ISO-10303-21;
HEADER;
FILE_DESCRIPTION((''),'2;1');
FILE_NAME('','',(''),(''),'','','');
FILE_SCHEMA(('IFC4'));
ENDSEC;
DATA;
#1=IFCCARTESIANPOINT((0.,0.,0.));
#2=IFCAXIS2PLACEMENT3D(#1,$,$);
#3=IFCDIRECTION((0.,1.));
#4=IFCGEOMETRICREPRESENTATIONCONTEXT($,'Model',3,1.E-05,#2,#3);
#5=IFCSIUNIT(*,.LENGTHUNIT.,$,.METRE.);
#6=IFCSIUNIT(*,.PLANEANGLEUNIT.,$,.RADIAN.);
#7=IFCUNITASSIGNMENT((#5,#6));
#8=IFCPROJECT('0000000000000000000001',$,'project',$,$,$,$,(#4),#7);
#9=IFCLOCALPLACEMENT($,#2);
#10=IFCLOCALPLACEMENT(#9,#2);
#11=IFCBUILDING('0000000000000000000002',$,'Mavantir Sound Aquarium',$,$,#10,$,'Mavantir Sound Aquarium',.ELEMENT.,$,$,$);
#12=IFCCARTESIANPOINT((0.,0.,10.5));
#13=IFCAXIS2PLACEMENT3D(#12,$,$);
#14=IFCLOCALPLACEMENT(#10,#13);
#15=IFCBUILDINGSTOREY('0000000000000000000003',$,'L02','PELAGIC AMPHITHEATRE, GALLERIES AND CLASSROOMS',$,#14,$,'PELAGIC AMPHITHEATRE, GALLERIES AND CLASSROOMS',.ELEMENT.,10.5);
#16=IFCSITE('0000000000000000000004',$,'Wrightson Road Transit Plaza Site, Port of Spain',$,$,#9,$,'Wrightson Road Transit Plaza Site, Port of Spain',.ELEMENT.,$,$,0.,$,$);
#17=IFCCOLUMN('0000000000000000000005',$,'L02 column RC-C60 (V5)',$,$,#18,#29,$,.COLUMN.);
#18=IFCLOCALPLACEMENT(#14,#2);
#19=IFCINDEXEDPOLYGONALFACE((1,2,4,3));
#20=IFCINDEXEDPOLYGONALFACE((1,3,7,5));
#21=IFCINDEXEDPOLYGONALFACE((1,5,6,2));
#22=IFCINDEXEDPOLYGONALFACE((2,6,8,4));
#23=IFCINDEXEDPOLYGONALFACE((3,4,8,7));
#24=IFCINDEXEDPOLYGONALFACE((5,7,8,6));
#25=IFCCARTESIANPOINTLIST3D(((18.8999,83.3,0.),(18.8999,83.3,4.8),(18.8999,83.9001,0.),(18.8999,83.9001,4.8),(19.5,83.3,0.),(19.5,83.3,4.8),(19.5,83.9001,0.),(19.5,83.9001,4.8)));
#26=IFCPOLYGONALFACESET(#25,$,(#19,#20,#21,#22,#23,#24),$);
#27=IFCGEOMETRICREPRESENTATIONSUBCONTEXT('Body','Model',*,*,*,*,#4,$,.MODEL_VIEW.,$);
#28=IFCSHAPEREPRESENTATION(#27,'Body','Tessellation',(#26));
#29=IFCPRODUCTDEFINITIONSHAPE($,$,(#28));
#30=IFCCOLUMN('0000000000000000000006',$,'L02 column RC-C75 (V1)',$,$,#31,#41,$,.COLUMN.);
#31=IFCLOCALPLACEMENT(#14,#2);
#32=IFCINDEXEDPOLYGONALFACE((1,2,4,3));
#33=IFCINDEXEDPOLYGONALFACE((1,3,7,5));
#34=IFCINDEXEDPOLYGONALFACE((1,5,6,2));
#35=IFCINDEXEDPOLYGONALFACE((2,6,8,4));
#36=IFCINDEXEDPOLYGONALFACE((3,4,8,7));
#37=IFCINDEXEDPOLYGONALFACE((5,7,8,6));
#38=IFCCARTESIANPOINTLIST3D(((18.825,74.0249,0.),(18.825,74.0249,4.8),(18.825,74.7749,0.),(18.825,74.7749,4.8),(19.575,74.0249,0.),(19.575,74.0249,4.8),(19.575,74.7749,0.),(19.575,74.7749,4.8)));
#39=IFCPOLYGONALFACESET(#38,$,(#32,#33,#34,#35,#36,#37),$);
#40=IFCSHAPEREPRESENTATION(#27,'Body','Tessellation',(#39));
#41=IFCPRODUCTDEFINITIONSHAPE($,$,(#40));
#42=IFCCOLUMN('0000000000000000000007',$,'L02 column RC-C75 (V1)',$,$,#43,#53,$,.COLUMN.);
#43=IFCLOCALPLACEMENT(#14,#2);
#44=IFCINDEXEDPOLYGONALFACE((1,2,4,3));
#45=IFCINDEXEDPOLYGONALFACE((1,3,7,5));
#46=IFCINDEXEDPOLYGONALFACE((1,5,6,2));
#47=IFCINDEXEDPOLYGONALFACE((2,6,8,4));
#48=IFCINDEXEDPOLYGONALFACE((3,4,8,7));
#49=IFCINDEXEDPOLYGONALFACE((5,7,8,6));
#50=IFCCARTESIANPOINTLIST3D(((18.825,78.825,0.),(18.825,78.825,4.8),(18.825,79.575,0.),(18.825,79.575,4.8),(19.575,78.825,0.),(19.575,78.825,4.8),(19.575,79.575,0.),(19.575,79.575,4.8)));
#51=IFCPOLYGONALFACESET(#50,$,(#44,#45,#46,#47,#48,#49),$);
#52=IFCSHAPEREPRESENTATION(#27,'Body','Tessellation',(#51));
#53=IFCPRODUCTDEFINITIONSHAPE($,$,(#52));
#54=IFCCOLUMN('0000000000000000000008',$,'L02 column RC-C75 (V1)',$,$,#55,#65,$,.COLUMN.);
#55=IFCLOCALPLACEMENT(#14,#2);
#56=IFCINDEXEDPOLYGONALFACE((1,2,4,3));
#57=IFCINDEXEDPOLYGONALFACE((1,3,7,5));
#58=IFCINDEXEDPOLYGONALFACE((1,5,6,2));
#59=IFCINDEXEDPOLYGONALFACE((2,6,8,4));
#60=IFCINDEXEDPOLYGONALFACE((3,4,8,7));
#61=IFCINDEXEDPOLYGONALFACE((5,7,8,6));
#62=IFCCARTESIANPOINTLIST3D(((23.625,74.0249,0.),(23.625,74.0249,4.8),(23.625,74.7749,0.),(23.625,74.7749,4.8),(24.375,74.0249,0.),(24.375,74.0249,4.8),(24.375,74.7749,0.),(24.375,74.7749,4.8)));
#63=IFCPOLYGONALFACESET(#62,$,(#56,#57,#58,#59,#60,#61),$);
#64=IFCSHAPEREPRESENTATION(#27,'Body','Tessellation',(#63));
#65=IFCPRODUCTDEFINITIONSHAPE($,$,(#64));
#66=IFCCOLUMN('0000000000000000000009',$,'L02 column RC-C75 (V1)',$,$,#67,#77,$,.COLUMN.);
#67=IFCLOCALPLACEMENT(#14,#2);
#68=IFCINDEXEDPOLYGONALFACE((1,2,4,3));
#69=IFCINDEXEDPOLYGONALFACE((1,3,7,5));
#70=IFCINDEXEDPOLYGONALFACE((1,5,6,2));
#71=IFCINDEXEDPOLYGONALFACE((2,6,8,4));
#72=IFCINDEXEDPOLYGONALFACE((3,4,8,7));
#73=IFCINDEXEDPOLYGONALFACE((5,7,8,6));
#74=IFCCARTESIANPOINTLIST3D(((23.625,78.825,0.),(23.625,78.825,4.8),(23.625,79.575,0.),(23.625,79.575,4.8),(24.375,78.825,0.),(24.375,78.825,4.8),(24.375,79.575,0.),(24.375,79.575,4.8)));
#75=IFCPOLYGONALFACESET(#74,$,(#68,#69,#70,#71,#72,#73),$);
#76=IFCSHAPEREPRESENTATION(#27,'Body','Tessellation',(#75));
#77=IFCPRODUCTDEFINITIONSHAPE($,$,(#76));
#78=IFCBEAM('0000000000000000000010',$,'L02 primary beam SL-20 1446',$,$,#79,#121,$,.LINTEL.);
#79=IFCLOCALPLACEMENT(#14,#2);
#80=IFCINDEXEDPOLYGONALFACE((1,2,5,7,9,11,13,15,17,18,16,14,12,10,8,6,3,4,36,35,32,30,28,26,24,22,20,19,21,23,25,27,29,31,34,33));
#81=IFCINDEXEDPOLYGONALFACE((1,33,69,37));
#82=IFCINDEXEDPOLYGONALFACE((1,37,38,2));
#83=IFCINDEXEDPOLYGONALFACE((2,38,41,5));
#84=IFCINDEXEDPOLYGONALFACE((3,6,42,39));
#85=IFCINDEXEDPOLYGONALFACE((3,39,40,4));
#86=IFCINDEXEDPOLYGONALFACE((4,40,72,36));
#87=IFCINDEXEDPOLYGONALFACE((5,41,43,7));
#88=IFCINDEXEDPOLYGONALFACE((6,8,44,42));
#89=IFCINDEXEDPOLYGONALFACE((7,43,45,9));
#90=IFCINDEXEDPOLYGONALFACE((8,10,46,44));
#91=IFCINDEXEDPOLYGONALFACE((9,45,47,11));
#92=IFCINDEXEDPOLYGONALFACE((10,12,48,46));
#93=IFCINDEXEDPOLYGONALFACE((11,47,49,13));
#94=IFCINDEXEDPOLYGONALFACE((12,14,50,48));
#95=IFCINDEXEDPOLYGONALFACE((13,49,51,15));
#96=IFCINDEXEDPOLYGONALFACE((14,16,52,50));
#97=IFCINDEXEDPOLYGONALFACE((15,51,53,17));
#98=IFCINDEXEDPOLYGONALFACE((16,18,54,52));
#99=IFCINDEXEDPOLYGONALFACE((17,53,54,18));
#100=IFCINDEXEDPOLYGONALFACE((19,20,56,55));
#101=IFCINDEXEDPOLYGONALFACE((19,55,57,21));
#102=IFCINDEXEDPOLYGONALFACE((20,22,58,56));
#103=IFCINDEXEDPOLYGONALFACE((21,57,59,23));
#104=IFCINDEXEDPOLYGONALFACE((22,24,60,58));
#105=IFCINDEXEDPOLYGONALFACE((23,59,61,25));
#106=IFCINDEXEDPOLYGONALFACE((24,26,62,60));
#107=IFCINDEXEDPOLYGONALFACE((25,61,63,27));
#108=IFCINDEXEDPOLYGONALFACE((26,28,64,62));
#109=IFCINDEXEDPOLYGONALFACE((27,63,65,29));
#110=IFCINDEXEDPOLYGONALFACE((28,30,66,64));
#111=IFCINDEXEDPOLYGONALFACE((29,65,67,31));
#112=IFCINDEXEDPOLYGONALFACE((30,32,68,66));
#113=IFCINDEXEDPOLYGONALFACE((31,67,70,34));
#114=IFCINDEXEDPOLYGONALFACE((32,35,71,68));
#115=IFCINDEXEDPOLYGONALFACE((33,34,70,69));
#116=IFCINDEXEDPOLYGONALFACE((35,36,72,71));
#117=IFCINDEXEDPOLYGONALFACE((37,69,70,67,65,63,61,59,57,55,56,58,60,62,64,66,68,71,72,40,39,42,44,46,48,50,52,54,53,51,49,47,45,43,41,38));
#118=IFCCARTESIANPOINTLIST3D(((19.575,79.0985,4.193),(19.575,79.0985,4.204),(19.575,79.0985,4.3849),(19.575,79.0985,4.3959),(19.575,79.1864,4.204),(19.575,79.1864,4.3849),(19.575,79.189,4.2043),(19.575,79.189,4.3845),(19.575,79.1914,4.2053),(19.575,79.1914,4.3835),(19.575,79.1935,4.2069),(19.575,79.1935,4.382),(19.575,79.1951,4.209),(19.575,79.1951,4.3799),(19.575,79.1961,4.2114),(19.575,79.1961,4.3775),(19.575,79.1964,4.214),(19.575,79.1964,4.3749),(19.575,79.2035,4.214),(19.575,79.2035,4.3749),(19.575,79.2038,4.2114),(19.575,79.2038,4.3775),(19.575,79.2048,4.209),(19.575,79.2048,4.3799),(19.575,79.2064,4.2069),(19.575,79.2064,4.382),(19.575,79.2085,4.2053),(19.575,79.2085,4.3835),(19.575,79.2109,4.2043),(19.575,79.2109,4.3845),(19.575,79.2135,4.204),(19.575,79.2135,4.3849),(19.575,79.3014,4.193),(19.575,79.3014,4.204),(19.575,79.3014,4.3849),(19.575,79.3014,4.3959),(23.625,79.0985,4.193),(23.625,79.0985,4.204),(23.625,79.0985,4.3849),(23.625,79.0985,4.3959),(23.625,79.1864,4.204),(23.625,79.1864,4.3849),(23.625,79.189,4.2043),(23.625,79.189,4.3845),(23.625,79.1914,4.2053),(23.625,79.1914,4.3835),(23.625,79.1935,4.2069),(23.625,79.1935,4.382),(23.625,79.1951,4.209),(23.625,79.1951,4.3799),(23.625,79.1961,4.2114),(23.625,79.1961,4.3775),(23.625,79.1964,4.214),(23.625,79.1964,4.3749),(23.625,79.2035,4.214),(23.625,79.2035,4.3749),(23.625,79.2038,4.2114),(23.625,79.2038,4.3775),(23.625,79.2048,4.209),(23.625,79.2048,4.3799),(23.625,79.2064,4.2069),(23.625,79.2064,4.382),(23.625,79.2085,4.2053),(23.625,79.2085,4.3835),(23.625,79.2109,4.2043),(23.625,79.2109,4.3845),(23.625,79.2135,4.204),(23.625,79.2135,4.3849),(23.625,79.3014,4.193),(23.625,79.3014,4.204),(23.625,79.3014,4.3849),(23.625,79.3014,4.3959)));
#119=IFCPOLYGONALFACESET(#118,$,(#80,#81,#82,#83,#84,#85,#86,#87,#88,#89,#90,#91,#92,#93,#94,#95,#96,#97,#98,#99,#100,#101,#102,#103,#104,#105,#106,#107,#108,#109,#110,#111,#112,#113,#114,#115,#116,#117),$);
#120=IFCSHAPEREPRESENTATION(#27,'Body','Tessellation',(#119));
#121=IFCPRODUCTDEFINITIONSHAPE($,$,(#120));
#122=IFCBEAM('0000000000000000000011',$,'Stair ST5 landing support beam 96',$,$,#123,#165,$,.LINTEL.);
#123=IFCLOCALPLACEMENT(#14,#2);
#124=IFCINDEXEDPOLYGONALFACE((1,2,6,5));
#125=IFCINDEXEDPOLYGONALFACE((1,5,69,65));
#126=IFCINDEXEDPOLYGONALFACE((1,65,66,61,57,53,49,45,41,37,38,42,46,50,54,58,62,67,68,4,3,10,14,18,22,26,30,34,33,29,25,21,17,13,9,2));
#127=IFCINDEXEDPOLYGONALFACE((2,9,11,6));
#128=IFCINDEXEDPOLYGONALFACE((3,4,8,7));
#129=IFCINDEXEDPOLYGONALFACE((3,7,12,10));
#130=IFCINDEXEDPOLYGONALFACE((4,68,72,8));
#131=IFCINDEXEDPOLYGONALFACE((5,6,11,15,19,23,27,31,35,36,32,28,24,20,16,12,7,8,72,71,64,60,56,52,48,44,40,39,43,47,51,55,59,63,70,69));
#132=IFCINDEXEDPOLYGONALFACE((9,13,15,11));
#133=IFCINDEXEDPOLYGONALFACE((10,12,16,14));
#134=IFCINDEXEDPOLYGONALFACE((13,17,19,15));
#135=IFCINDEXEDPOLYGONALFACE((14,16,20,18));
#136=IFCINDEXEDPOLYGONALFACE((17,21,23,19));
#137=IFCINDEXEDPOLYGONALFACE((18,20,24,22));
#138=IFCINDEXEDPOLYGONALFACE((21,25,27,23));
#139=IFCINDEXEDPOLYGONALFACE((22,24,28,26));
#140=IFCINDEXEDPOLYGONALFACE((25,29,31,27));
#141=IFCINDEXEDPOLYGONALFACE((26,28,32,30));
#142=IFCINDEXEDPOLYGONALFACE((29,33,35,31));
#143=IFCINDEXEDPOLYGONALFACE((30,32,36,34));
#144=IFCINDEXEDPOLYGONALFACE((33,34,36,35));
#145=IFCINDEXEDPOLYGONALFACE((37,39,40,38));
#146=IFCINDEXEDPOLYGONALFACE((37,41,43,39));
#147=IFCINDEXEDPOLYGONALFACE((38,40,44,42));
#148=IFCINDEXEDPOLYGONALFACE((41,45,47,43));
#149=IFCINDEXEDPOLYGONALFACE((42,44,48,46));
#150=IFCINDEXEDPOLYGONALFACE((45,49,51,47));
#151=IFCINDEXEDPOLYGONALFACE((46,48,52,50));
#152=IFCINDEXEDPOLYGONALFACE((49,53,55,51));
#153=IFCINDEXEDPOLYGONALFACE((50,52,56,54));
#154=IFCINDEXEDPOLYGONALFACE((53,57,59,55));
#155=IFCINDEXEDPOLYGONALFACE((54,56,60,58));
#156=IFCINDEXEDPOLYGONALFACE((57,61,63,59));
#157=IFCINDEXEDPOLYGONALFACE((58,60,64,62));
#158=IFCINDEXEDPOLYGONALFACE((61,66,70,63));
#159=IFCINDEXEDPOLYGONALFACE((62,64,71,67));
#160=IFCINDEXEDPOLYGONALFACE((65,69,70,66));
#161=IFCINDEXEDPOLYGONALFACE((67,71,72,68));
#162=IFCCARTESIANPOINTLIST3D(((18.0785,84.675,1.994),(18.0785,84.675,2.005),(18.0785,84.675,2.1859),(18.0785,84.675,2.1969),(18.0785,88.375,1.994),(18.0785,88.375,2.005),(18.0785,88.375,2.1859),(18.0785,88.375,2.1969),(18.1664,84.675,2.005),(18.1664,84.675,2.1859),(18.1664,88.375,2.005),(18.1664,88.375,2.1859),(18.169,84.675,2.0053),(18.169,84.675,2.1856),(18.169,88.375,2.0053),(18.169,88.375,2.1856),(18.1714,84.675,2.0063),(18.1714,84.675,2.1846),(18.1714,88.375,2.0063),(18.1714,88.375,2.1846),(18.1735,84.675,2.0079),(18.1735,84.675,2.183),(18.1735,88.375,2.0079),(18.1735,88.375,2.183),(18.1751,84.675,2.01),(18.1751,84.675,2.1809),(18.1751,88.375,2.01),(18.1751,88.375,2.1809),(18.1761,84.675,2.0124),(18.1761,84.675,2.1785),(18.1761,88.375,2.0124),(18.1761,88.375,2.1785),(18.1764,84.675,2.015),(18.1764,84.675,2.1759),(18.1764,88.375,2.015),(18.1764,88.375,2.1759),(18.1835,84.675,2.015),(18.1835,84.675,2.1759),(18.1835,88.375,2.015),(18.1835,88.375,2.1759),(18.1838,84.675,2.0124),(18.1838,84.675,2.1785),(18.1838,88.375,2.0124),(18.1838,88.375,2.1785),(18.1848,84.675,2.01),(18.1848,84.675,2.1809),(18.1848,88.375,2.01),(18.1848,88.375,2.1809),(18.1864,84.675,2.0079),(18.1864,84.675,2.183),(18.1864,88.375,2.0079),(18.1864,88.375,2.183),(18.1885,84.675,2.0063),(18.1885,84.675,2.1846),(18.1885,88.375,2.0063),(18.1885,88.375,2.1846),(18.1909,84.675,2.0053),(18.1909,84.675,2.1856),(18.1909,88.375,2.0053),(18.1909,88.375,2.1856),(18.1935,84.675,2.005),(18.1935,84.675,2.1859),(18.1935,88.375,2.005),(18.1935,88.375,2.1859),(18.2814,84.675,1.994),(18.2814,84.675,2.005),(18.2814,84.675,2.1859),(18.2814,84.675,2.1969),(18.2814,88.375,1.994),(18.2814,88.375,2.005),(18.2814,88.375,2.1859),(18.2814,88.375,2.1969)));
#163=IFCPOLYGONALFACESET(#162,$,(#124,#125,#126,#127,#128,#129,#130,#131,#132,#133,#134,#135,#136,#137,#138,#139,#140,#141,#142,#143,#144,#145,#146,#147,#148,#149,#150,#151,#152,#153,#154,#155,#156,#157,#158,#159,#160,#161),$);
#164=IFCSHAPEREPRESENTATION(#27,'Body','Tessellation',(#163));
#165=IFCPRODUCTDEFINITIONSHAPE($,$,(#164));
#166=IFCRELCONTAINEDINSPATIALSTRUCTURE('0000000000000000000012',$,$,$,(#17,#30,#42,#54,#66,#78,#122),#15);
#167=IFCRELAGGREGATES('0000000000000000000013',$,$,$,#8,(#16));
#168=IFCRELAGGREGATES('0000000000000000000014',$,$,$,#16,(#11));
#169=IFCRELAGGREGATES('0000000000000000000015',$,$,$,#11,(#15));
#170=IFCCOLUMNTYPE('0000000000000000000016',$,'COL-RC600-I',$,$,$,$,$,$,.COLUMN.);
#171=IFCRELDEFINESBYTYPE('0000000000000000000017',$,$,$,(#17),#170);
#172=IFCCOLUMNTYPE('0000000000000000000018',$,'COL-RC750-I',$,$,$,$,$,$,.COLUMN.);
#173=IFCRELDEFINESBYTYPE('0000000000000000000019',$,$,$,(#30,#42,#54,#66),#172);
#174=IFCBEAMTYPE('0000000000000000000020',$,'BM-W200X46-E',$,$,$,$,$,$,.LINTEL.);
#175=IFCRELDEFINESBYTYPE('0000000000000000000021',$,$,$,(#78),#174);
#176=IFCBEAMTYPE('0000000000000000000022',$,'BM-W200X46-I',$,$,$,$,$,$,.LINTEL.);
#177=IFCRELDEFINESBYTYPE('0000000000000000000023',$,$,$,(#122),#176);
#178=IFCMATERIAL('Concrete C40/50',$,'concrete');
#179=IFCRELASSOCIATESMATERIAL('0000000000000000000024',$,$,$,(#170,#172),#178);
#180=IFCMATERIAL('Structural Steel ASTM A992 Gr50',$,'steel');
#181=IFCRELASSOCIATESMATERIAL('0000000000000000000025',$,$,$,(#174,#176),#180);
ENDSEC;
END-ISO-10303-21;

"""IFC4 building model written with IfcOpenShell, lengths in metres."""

from ifc_helpers import new_model, si_unit, direction, frame, origin, origin_2d, place, context, subcontext, project, spatial, rectangle, i_section, extrude, material, material_profile, profile_set, type_object, element, save


model = new_model("IFC4")

# Units and contexts
model_context = context("Model", 3, precision=1e-05, world=origin(), true_north=direction((0.0, 1.0)))
body_context = subcontext(model_context, "Body", "Model", "MODEL_VIEW")
ifc_project = project(units=[si_unit("LENGTHUNIT", "METRE"), si_unit("PLANEANGLEUNIT", "RADIAN")], contexts=[model_context])

# Site, building, storey
site_placement = place(None, origin())
site = spatial("IfcSite", under=ifc_project, at=site_placement, Name="Wrightson Road Transit Plaza Site, Port of Spain", LongName="Wrightson Road Transit Plaza Site, Port of Spain", CompositionType="ELEMENT", RefElevation=0.0)
building_placement = place(site_placement, origin())
building = spatial("IfcBuilding", under=site, at=building_placement, Name="Mavantir Sound Aquarium", LongName="Mavantir Sound Aquarium", CompositionType="ELEMENT")
storey_placement = place(building_placement, frame((0.0, 0.0, 10.5)))
storey = spatial("IfcBuildingStorey", under=building, at=storey_placement, Name="L02", Description="PELAGIC AMPHITHEATRE, GALLERIES AND CLASSROOMS", LongName="PELAGIC AMPHITHEATRE, GALLERIES AND CLASSROOMS", CompositionType="ELEMENT", Elevation=10.5)

# Columns
ifc_material_1 = material(Name="Concrete C40/50", Category="concrete")
ifc_material_profile_1 = material_profile(ifc_material_1, rectangle(XDim=0.6001, YDim=0.6001, at=origin_2d()), Name="RC 600X600")
ifc_profile_set_1 = profile_set([ifc_material_profile_1], Name="Concrete C40/50")
column_type_1 = type_object("IfcColumnType", Name="COL-RC600-I", PredefinedType="COLUMN", material=ifc_profile_set_1)
column_placement = place(storey_placement, frame((19.2, 83.6001, 0.0), z_axis=(0.0, 0.0, 1.0), x_axis=(1.0, 0.0, 0.0)))
element("IfcColumn", 1, at=column_placement, inside=storey, type_object=column_type_1, Name="L02 column RC-C60 (V5)", PredefinedType="COLUMN", context=body_context, shape_type="SweptSolid", body=[
    extrude(rectangle(XDim=0.6001, YDim=0.6001, at=origin_2d()), origin(), (0.0, 0.0, 1.0), 4.8),
])
ifc_material_profile_2 = material_profile(ifc_material_1, rectangle(XDim=0.75, YDim=0.75, at=origin_2d()), Name="RC 750X750")
ifc_profile_set_2 = profile_set([ifc_material_profile_2], Name="Concrete C40/50")
column_type_2 = type_object("IfcColumnType", Name="COL-RC750-I", PredefinedType="COLUMN", material=ifc_profile_set_2)
for number, where, z_axis, x_axis, name in (
    (2, (19.2, 74.3999, 0.0), (0.0, 0.0, 1.0), (1.0, 0.0, 0.0), "L02 column RC-C75 (V1)"),
    (3, (19.2, 79.2, 0.0), (0.0, 0.0, 1.0), (1.0, 0.0, 0.0), "L02 column RC-C75 (V1)"),
    (4, (24.0, 74.3999, 0.0), (0.0, 0.0, 1.0), (1.0, 0.0, 0.0), "L02 column RC-C75 (V1)"),
    (5, (24.0, 79.2, 0.0), (0.0, 0.0, 1.0), (1.0, 0.0, 0.0), "L02 column RC-C75 (V1)"),
):
    element("IfcColumn", number, at=place(storey_placement, frame(where, z_axis=z_axis, x_axis=x_axis)), inside=storey, type_object=column_type_2, Name=name, PredefinedType="COLUMN", context=body_context, shape_type="SweptSolid", body=[
        extrude(rectangle(XDim=0.75, YDim=0.75, at=origin_2d()), origin(), (0.0, 0.0, 1.0), 4.8),
    ])

# Beams
ifc_material_2 = material(Name="Structural Steel ASTM A992 Gr50", Category="steel")
ifc_material_profile_3 = material_profile(ifc_material_2, i_section(OverallWidth=0.2029, OverallDepth=0.2029, WebThickness=0.0071, FlangeThickness=0.011, FilletRadius=0.01, at=origin_2d()), Name="W200X46")
ifc_profile_set_3 = profile_set([ifc_material_profile_3], Name="Structural Steel ASTM A992 Gr50")
beam_type_1 = type_object("IfcBeamType", Name="BM-W200X46-E", PredefinedType="LINTEL", material=ifc_profile_set_3)
beam_1_placement = place(storey_placement, frame((19.575, 79.2, 4.2944), z_axis=(1.0, 0.0, 0.0), x_axis=(0.0, 1.0, 0.0)))
element("IfcBeam", 6, at=beam_1_placement, inside=storey, type_object=beam_type_1, Name="L02 primary beam SL-20 1446", PredefinedType="LINTEL", context=body_context, shape_type="SweptSolid", body=[
    extrude(i_section(OverallWidth=0.2029, OverallDepth=0.2029, WebThickness=0.0071, FlangeThickness=0.011, FilletRadius=0.01, at=origin_2d()), origin(), (0.0, 0.0, 1.0), 4.05),
])
ifc_material_profile_4 = material_profile(ifc_material_2, i_section(OverallWidth=0.2029, OverallDepth=0.2029, WebThickness=0.0071, FlangeThickness=0.011, FilletRadius=0.01, at=origin_2d()), Name="W200X46")
ifc_profile_set_4 = profile_set([ifc_material_profile_4], Name="Structural Steel ASTM A992 Gr50")
beam_type_2 = type_object("IfcBeamType", Name="BM-W200X46-I", PredefinedType="LINTEL", material=ifc_profile_set_4)
for number, where, z_axis, x_axis, name in (
    (7, (18.1799, 84.675, 2.0955), (0.0, 1.0, 0.0), (-1.0, 0.0, 0.0), "Stair ST5 landing support beam 96"),
):
    element("IfcBeam", number, at=place(storey_placement, frame(where, z_axis=z_axis, x_axis=x_axis)), inside=storey, type_object=beam_type_2, Name=name, PredefinedType="LINTEL", context=body_context, shape_type="SweptSolid", body=[
        extrude(i_section(OverallWidth=0.2029, OverallDepth=0.2029, WebThickness=0.0071, FlangeThickness=0.011, FilletRadius=0.01, at=origin_2d()), origin(), (0.0, 0.0, 1.0), 3.7),
    ])

save(model, "model.ifc")
